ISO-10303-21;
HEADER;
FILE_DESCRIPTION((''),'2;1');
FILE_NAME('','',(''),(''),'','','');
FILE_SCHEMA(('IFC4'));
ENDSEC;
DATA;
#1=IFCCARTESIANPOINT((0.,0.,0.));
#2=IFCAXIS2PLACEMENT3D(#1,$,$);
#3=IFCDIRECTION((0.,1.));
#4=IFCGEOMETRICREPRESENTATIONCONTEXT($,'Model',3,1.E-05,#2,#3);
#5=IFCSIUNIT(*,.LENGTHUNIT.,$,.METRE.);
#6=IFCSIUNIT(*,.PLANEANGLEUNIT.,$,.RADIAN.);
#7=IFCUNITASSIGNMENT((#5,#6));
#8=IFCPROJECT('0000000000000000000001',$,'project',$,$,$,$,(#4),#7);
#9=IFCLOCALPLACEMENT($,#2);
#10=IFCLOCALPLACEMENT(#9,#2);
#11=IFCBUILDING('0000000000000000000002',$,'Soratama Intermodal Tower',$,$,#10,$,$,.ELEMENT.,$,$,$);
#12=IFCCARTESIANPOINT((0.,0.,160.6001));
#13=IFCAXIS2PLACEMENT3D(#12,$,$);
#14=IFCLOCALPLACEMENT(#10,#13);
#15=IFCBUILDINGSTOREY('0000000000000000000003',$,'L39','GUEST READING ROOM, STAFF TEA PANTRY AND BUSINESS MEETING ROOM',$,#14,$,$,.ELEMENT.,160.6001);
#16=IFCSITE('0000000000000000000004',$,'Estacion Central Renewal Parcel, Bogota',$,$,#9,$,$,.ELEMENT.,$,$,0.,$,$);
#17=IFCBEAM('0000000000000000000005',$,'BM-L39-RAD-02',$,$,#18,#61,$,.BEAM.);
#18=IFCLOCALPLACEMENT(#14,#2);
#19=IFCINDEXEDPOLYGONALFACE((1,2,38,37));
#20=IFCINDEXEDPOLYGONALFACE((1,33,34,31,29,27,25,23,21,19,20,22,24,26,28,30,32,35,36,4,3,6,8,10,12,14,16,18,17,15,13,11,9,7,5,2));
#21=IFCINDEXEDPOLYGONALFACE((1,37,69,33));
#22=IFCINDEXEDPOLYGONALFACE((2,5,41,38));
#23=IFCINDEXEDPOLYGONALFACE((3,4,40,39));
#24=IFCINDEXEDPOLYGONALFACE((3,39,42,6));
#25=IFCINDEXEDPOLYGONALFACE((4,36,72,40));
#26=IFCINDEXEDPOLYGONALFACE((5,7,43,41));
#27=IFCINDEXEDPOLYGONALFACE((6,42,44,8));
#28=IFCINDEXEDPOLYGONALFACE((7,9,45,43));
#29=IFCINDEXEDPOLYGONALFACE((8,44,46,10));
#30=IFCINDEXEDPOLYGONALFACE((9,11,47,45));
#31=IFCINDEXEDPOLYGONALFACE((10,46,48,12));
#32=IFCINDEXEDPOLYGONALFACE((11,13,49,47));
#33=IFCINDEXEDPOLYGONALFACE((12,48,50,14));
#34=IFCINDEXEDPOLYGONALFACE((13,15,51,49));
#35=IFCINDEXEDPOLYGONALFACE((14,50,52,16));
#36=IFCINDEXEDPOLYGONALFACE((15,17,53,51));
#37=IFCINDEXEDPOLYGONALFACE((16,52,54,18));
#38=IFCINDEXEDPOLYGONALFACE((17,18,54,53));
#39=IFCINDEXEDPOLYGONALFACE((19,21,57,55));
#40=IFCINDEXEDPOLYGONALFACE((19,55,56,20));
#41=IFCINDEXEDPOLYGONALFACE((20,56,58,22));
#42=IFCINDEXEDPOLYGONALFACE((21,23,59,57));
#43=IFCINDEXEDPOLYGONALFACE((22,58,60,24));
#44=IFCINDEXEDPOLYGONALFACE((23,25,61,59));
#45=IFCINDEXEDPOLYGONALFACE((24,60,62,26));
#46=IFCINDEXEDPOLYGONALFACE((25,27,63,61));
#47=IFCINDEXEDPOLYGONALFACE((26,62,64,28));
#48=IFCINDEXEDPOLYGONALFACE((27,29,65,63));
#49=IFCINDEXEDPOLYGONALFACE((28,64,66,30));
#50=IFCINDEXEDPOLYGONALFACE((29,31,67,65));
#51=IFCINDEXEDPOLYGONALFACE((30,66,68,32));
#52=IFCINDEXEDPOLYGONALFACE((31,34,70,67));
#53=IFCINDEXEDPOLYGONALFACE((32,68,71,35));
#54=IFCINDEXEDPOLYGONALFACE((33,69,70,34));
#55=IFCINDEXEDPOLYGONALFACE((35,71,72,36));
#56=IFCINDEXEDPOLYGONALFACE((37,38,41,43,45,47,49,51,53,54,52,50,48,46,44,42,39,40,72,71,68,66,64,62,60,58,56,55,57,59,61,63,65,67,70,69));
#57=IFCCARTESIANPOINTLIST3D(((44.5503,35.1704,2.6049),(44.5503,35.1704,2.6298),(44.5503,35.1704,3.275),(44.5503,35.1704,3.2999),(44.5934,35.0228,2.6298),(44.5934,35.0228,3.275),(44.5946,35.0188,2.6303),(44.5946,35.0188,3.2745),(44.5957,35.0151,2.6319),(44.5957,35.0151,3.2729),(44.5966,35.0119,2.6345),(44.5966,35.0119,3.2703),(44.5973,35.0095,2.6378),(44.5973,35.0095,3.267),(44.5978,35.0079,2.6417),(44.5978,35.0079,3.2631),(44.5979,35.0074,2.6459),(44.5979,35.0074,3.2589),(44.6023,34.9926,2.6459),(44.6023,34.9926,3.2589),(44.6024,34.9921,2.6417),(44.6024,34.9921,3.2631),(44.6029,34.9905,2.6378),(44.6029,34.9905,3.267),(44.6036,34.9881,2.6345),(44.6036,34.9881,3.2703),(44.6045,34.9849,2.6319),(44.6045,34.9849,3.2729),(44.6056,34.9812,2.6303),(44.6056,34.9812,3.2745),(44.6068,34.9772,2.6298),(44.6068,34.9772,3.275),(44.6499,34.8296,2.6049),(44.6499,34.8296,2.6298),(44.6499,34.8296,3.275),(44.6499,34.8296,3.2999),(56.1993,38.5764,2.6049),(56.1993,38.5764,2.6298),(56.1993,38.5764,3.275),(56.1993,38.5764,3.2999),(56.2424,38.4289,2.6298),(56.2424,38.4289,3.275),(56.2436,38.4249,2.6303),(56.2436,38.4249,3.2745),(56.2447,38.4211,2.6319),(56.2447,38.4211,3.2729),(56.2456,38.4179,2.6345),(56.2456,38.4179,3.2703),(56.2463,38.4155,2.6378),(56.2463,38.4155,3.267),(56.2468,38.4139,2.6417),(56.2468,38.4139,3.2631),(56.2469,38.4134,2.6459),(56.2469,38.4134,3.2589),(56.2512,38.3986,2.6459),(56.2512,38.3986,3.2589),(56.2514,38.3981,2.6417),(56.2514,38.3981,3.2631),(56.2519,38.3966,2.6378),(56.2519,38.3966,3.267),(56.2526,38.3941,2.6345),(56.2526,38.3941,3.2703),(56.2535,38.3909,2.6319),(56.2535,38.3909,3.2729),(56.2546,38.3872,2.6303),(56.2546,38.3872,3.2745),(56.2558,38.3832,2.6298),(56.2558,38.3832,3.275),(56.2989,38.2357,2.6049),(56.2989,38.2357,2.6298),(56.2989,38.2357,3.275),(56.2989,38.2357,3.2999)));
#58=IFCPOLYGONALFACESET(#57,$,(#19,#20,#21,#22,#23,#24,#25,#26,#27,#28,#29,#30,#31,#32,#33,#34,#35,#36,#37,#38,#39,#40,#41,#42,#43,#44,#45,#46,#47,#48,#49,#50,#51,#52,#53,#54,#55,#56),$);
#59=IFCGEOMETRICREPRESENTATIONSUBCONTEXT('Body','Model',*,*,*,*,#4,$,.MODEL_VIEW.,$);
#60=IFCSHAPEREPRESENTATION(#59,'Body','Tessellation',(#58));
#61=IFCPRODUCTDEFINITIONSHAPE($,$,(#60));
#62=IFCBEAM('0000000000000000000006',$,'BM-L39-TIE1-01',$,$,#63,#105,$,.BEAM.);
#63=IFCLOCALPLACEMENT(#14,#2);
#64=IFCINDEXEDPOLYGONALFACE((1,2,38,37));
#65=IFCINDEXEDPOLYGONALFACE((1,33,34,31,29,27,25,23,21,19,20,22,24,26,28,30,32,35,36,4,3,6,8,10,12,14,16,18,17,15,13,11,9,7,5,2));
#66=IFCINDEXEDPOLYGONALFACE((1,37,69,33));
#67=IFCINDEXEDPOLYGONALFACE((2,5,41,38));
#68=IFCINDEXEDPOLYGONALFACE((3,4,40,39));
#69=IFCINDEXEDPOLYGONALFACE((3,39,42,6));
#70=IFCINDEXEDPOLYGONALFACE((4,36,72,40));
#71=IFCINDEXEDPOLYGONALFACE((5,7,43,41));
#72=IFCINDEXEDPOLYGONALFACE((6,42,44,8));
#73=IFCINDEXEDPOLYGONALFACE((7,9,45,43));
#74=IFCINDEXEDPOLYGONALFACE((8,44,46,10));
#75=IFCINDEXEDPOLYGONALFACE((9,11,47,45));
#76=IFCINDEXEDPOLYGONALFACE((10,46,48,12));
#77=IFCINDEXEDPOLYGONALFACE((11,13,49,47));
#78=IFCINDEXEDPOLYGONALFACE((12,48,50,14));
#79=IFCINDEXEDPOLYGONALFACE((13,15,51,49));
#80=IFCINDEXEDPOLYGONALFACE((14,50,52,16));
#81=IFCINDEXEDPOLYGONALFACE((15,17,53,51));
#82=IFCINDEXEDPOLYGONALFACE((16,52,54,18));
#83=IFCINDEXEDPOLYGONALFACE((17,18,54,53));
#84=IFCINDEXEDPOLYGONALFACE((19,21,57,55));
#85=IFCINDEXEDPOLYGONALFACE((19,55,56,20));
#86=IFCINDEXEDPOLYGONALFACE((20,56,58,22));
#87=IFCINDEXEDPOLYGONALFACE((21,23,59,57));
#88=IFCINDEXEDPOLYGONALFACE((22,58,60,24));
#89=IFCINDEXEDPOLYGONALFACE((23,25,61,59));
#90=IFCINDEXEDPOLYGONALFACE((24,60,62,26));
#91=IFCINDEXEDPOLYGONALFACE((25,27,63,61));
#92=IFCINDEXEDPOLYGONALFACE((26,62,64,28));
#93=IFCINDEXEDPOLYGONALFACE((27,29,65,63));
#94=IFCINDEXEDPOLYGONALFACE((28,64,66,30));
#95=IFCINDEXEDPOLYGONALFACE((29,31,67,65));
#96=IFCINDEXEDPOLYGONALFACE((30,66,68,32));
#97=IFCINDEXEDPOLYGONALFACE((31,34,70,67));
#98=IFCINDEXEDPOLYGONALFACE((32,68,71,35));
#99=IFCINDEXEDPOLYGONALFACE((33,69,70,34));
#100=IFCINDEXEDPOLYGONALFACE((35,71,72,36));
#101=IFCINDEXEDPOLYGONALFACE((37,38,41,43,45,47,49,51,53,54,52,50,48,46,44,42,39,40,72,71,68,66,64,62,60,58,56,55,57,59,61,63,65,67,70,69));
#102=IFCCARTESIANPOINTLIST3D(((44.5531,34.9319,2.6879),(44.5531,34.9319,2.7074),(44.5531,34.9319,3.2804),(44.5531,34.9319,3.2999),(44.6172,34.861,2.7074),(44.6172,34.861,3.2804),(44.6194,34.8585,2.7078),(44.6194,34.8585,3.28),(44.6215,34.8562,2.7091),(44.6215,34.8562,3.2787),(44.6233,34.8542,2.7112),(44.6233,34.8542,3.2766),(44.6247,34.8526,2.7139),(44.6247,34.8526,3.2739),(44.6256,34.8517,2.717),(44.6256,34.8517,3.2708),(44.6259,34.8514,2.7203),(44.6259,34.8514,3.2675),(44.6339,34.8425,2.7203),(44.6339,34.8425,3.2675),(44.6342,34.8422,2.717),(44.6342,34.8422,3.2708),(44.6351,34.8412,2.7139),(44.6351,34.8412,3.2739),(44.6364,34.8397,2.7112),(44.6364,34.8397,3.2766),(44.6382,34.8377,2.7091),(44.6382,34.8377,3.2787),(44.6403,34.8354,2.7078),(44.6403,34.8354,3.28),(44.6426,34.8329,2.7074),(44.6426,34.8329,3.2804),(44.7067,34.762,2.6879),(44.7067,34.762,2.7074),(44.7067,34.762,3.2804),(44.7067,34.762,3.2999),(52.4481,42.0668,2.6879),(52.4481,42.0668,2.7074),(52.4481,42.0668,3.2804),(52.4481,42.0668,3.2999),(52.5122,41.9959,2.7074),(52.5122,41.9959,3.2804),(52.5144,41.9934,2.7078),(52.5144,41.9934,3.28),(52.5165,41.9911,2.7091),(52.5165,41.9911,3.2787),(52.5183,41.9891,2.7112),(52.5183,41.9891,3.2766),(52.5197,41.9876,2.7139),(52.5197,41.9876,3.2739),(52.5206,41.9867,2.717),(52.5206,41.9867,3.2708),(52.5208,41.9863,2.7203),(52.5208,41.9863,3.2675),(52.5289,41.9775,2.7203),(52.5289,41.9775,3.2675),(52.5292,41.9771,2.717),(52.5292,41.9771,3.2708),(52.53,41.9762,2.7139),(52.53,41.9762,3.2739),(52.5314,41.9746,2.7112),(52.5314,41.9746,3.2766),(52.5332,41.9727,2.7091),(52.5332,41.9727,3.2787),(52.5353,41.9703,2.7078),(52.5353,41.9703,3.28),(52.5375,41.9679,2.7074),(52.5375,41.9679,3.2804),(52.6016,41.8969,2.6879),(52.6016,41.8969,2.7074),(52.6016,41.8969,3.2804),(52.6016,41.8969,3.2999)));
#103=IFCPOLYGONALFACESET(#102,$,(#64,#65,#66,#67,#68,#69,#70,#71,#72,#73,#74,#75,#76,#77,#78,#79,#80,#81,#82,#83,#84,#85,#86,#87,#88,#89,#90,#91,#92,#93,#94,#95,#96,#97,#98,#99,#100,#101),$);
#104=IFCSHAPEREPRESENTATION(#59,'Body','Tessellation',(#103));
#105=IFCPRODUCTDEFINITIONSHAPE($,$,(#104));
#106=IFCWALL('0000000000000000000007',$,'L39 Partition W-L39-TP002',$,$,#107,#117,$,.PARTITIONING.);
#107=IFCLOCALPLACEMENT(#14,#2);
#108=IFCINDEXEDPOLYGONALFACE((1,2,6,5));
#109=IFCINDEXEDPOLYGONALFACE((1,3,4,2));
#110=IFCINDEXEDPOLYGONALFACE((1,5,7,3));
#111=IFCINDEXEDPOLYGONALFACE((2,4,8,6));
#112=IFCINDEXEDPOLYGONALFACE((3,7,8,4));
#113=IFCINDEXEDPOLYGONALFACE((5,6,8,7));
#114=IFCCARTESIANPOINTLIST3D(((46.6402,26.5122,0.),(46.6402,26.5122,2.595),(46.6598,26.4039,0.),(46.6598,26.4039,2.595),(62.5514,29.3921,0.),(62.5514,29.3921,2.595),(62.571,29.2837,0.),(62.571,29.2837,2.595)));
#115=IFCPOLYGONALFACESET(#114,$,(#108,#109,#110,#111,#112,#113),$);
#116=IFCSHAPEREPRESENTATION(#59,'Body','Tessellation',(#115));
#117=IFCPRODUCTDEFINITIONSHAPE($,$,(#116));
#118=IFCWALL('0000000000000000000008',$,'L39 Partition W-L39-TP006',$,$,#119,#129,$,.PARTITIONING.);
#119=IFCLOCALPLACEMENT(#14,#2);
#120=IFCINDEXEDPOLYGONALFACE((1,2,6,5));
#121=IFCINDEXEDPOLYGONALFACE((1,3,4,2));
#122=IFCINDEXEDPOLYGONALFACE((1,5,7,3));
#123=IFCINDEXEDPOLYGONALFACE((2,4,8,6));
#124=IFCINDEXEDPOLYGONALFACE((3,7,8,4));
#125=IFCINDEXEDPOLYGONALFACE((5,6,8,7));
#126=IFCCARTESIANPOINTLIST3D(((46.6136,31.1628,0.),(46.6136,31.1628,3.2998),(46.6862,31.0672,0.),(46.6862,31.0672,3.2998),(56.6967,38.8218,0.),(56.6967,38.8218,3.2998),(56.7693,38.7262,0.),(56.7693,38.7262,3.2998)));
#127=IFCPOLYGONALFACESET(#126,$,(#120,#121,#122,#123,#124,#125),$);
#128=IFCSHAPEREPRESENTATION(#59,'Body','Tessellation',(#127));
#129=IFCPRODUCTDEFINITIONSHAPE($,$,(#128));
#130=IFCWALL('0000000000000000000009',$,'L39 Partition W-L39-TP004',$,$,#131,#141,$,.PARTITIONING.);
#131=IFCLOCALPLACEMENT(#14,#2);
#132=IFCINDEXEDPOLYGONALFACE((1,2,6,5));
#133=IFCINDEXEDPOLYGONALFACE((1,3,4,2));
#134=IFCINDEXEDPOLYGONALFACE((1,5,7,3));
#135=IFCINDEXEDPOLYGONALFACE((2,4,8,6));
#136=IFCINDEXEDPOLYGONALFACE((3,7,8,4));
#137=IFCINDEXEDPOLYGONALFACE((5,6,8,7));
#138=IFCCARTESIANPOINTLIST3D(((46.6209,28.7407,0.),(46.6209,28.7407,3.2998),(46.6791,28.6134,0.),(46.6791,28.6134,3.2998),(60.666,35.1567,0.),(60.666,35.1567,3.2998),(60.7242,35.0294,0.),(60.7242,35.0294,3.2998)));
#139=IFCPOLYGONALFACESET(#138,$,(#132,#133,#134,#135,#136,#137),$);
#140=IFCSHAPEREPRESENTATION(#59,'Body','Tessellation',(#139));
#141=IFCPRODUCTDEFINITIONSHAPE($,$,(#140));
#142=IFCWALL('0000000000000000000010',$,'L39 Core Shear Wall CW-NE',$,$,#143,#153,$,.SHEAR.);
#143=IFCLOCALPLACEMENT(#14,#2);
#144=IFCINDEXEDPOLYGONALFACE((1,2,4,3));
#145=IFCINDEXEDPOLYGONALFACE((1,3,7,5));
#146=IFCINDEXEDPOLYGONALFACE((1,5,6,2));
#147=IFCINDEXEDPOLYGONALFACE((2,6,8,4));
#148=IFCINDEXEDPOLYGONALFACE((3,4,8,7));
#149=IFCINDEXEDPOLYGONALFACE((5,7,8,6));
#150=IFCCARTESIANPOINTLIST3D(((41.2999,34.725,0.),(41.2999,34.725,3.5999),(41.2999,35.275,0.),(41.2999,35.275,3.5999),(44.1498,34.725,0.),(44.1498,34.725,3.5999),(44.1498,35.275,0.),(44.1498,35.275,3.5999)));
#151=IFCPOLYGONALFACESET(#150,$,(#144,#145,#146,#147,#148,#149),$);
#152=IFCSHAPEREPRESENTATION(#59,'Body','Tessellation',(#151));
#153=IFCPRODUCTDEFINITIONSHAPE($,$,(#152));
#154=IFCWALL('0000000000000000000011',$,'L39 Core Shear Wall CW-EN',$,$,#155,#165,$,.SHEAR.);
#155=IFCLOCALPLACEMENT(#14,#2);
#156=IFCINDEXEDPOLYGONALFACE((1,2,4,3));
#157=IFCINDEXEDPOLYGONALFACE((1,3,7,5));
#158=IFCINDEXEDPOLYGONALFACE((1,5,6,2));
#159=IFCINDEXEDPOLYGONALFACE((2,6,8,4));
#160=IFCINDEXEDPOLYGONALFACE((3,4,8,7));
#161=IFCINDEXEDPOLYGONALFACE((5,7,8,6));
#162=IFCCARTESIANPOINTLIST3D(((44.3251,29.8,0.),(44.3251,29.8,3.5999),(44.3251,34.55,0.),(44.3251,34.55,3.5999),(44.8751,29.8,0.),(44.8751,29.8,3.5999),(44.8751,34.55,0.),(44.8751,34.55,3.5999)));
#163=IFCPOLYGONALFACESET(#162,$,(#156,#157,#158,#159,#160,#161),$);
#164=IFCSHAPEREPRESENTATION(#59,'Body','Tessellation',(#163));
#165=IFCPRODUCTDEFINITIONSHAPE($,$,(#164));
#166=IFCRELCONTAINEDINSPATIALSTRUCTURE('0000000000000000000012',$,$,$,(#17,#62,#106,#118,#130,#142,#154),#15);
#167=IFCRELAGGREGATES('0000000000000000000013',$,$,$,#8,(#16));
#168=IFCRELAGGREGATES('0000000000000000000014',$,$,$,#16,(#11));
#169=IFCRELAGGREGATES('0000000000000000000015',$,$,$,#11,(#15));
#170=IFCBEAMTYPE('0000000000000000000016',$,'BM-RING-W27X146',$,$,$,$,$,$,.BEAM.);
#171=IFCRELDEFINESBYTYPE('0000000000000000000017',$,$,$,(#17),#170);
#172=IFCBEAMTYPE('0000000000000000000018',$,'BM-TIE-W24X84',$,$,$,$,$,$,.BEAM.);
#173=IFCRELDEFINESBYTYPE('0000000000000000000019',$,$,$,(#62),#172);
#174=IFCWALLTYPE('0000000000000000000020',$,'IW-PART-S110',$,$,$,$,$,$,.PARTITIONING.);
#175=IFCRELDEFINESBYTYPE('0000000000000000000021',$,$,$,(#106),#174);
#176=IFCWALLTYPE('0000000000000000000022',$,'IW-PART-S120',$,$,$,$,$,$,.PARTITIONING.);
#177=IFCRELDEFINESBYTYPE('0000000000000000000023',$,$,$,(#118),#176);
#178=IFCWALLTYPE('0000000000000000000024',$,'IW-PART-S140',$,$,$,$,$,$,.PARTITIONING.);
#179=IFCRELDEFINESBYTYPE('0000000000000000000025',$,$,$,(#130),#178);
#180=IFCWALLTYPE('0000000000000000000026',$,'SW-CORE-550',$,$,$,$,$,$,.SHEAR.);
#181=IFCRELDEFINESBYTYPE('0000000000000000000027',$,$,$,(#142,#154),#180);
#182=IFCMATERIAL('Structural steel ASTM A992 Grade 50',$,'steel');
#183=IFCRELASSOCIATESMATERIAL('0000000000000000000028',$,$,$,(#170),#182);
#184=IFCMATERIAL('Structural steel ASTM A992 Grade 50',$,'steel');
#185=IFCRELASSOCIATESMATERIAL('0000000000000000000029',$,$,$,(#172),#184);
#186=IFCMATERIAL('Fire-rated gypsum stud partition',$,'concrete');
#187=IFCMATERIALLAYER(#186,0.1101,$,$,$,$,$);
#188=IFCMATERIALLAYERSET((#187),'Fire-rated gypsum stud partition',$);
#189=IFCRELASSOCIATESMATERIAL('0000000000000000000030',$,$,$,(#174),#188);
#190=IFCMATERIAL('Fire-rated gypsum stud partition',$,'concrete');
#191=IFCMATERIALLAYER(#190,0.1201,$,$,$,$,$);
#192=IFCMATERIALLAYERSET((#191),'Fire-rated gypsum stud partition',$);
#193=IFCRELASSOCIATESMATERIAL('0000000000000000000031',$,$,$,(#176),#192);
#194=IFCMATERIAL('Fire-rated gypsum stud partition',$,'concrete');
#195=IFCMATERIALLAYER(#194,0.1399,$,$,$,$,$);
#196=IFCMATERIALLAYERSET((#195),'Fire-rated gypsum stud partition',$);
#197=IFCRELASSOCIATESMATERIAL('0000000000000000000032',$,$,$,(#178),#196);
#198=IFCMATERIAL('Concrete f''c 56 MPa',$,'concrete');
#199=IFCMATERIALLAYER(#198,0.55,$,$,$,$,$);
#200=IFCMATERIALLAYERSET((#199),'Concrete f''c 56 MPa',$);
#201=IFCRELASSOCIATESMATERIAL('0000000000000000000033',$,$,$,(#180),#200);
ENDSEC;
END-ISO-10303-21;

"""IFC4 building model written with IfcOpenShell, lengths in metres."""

from ifc_helpers import new_model, si_unit, direction, frame, frame_2d, origin, origin_2d, place, context, subcontext, project, spatial, rectangle, i_section, extrude, material, layer, layer_set, material_profile, profile_set, type_object, element, save


model = new_model("IFC4")

# Units and contexts
model_context = context("Model", 3, precision=1e-05, world=origin(), true_north=direction((0.0, 1.0)))
body_context = subcontext(model_context, "Body", "Model", "MODEL_VIEW")
ifc_project = project(units=[si_unit("LENGTHUNIT", "METRE"), si_unit("PLANEANGLEUNIT", "RADIAN")], contexts=[model_context])

# Site, building, storey
site_placement = place(None, origin())
site = spatial("IfcSite", under=ifc_project, at=site_placement, Name="Estacion Central Renewal Parcel, Bogota", CompositionType="ELEMENT", RefElevation=0.0)
building_placement = place(site_placement, origin())
building = spatial("IfcBuilding", under=site, at=building_placement, Name="Soratama Intermodal Tower", CompositionType="ELEMENT")
storey_placement = place(building_placement, frame((0.0, 0.0, 160.6001)))
storey = spatial("IfcBuildingStorey", under=building, at=storey_placement, Name="L39", Description="GUEST READING ROOM, STAFF TEA PANTRY AND BUSINESS MEETING ROOM", CompositionType="ELEMENT", Elevation=160.6001)

# Beams
ifc_material_1 = material(Name="Structural steel ASTM A992 Grade 50", Category="steel")
ifc_material_profile_1 = material_profile(ifc_material_1, i_section(OverallWidth=0.355, OverallDepth=0.6951, WebThickness=0.0154, FlangeThickness=0.0249, FilletRadius=0.0161, at=origin_2d()), Name="W27X146")
ifc_profile_set_1 = profile_set([ifc_material_profile_1], Name="Structural steel ASTM A992 Grade 50")
beam_type_1 = type_object("IfcBeamType", Name="BM-RING-W27X146", PredefinedType="BEAM", material=ifc_profile_set_1)
beam_1_placement = place(storey_placement, frame((44.6001, 35.0, 2.9524), z_axis=(0.959814, 0.280638, 0.0), x_axis=(-0.280638, 0.959814, 0.0)))
element("IfcBeam", 1, at=beam_1_placement, inside=storey, type_object=beam_type_1, Name="BM-L39-RAD-02", PredefinedType="BEAM", context=body_context, shape_type="SweptSolid", body=[
    extrude(i_section(OverallWidth=0.355, OverallDepth=0.6951, WebThickness=0.0154, FlangeThickness=0.0249, FilletRadius=0.0161, at=origin_2d()), origin(), (0.0, 0.0, 1.0), 12.1367),
])
ifc_material_2 = material(Name="Structural steel ASTM A992 Grade 50", Category="steel")
ifc_material_profile_2 = material_profile(ifc_material_2, i_section(OverallWidth=0.229, OverallDepth=0.6121, WebThickness=0.012, FlangeThickness=0.0195, FilletRadius=0.0129, at=origin_2d()), Name="W24X84")
ifc_profile_set_2 = profile_set([ifc_material_profile_2], Name="Structural steel ASTM A992 Grade 50")
beam_type_2 = type_object("IfcBeamType", Name="BM-TIE-W24X84", PredefinedType="BEAM", material=ifc_profile_set_2)
beam_2_placement = place(storey_placement, frame((44.6299, 34.8469, 2.9939), z_axis=(0.741914, 0.670495, 0.0), x_axis=(-0.670495, 0.741914, 0.0)))
element("IfcBeam", 2, at=beam_2_placement, inside=storey, type_object=beam_type_2, Name="BM-L39-TIE1-01", PredefinedType="BEAM", context=body_context, shape_type="SweptSolid", body=[
    extrude(i_section(OverallWidth=0.229, OverallDepth=0.6121, WebThickness=0.012, FlangeThickness=0.0195, FilletRadius=0.0129, at=origin_2d()), origin(), (0.0, 0.0, 1.0), 10.6414),
])

# Walls
ifc_material_3 = material(Name="Fire-rated gypsum stud partition", Category="concrete")
ifc_layer_1 = layer(ifc_material_3, 0.1101)
ifc_layer_set_1 = layer_set([ifc_layer_1], Name="Fire-rated gypsum stud partition")
wall_type_1 = type_object("IfcWallType", Name="IW-PART-S110", PredefinedType="PARTITIONING", material=ifc_layer_set_1)
wall_1_placement = place(storey_placement, frame((46.6499, 26.458, 0.0), z_axis=(0.0, 0.0, 1.0), x_axis=(0.984012, 0.178104, 0.0)))
element("IfcWall", 3, at=wall_1_placement, inside=storey, type_object=wall_type_1, Name="L39 Partition W-L39-TP002", PredefinedType="PARTITIONING", context=body_context, shape_type="SweptSolid", body=[
    extrude(rectangle(XDim=16.1697, YDim=0.1101, at=frame_2d((8.085, 0.0))), origin(), (0.0, 0.0, 1.0), 2.595),
])
ifc_material_4 = material(Name="Fire-rated gypsum stud partition", Category="concrete")
ifc_layer_2 = layer(ifc_material_4, 0.1201)
ifc_layer_set_2 = layer_set([ifc_layer_2], Name="Fire-rated gypsum stud partition")
wall_type_2 = type_object("IfcWallType", Name="IW-PART-S120", PredefinedType="PARTITIONING", material=ifc_layer_set_2)
wall_2_placement = place(storey_placement, frame((46.6499, 31.115, 0.0), z_axis=(0.0, 0.0, 1.0), x_axis=(0.79632, 0.604875, 0.0)))
element("IfcWall", 4, at=wall_2_placement, inside=storey, type_object=wall_type_2, Name="L39 Partition W-L39-TP006", PredefinedType="PARTITIONING", context=body_context, shape_type="SweptSolid", body=[
    extrude(rectangle(XDim=12.6621, YDim=0.1201, at=frame_2d((6.3311, 0.0))), origin(), (0.0, 0.0, 1.0), 3.2998),
])
ifc_material_5 = material(Name="Fire-rated gypsum stud partition", Category="concrete")
ifc_layer_3 = layer(ifc_material_5, 0.1399)
ifc_layer_set_3 = layer_set([ifc_layer_3], Name="Fire-rated gypsum stud partition")
wall_type_3 = type_object("IfcWallType", Name="IW-PART-S140", PredefinedType="PARTITIONING", material=ifc_layer_set_3)
wall_3_placement = place(storey_placement, frame((46.6499, 28.677, 0.0), z_axis=(0.0, 0.0, 1.0), x_axis=(0.909588, 0.415512, 0.0)))
element("IfcWall", 5, at=wall_3_placement, inside=storey, type_object=wall_type_3, Name="L39 Partition W-L39-TP004", PredefinedType="PARTITIONING", context=body_context, shape_type="SweptSolid", body=[
    extrude(rectangle(XDim=15.4412, YDim=0.1399, at=frame_2d((7.7207, 0.0))), origin(), (0.0, 0.0, 1.0), 3.2998),
])
ifc_material_6 = material(Name="Concrete f'c 56 MPa", Category="concrete")
ifc_layer_4 = layer(ifc_material_6, 0.55)
ifc_layer_set_4 = layer_set([ifc_layer_4], Name="Concrete f'c 56 MPa")
wall_type_4 = type_object("IfcWallType", Name="SW-CORE-550", PredefinedType="SHEAR", material=ifc_layer_set_4)
wall_4_placement = place(storey_placement, frame((41.3, 35.0, 0.0), z_axis=(0.0, 0.0, 1.0), x_axis=(1.0, 0.0, 0.0)))
element("IfcWall", 6, at=wall_4_placement, inside=storey, type_object=wall_type_4, Name="L39 Core Shear Wall CW-NE", PredefinedType="SHEAR", context=body_context, shape_type="SweptSolid", body=[
    extrude(rectangle(XDim=2.8499, YDim=0.55, at=frame_2d((1.4248, 0.0))), origin(), (0.0, 0.0, 1.0), 3.5999),
])
wall_5_placement = place(storey_placement, frame((44.6001, 29.8, 0.0), z_axis=(0.0, 0.0, 1.0), x_axis=(0.0, 1.0, 0.0)))
element("IfcWall", 7, at=wall_5_placement, inside=storey, type_object=wall_type_4, Name="L39 Core Shear Wall CW-EN", PredefinedType="SHEAR", context=body_context, shape_type="SweptSolid", body=[
    extrude(rectangle(XDim=4.75, YDim=0.55, at=frame_2d((2.375, 0.0))), origin(), (0.0, 0.0, 1.0), 3.5999),
])

save(model, "model.ifc")
